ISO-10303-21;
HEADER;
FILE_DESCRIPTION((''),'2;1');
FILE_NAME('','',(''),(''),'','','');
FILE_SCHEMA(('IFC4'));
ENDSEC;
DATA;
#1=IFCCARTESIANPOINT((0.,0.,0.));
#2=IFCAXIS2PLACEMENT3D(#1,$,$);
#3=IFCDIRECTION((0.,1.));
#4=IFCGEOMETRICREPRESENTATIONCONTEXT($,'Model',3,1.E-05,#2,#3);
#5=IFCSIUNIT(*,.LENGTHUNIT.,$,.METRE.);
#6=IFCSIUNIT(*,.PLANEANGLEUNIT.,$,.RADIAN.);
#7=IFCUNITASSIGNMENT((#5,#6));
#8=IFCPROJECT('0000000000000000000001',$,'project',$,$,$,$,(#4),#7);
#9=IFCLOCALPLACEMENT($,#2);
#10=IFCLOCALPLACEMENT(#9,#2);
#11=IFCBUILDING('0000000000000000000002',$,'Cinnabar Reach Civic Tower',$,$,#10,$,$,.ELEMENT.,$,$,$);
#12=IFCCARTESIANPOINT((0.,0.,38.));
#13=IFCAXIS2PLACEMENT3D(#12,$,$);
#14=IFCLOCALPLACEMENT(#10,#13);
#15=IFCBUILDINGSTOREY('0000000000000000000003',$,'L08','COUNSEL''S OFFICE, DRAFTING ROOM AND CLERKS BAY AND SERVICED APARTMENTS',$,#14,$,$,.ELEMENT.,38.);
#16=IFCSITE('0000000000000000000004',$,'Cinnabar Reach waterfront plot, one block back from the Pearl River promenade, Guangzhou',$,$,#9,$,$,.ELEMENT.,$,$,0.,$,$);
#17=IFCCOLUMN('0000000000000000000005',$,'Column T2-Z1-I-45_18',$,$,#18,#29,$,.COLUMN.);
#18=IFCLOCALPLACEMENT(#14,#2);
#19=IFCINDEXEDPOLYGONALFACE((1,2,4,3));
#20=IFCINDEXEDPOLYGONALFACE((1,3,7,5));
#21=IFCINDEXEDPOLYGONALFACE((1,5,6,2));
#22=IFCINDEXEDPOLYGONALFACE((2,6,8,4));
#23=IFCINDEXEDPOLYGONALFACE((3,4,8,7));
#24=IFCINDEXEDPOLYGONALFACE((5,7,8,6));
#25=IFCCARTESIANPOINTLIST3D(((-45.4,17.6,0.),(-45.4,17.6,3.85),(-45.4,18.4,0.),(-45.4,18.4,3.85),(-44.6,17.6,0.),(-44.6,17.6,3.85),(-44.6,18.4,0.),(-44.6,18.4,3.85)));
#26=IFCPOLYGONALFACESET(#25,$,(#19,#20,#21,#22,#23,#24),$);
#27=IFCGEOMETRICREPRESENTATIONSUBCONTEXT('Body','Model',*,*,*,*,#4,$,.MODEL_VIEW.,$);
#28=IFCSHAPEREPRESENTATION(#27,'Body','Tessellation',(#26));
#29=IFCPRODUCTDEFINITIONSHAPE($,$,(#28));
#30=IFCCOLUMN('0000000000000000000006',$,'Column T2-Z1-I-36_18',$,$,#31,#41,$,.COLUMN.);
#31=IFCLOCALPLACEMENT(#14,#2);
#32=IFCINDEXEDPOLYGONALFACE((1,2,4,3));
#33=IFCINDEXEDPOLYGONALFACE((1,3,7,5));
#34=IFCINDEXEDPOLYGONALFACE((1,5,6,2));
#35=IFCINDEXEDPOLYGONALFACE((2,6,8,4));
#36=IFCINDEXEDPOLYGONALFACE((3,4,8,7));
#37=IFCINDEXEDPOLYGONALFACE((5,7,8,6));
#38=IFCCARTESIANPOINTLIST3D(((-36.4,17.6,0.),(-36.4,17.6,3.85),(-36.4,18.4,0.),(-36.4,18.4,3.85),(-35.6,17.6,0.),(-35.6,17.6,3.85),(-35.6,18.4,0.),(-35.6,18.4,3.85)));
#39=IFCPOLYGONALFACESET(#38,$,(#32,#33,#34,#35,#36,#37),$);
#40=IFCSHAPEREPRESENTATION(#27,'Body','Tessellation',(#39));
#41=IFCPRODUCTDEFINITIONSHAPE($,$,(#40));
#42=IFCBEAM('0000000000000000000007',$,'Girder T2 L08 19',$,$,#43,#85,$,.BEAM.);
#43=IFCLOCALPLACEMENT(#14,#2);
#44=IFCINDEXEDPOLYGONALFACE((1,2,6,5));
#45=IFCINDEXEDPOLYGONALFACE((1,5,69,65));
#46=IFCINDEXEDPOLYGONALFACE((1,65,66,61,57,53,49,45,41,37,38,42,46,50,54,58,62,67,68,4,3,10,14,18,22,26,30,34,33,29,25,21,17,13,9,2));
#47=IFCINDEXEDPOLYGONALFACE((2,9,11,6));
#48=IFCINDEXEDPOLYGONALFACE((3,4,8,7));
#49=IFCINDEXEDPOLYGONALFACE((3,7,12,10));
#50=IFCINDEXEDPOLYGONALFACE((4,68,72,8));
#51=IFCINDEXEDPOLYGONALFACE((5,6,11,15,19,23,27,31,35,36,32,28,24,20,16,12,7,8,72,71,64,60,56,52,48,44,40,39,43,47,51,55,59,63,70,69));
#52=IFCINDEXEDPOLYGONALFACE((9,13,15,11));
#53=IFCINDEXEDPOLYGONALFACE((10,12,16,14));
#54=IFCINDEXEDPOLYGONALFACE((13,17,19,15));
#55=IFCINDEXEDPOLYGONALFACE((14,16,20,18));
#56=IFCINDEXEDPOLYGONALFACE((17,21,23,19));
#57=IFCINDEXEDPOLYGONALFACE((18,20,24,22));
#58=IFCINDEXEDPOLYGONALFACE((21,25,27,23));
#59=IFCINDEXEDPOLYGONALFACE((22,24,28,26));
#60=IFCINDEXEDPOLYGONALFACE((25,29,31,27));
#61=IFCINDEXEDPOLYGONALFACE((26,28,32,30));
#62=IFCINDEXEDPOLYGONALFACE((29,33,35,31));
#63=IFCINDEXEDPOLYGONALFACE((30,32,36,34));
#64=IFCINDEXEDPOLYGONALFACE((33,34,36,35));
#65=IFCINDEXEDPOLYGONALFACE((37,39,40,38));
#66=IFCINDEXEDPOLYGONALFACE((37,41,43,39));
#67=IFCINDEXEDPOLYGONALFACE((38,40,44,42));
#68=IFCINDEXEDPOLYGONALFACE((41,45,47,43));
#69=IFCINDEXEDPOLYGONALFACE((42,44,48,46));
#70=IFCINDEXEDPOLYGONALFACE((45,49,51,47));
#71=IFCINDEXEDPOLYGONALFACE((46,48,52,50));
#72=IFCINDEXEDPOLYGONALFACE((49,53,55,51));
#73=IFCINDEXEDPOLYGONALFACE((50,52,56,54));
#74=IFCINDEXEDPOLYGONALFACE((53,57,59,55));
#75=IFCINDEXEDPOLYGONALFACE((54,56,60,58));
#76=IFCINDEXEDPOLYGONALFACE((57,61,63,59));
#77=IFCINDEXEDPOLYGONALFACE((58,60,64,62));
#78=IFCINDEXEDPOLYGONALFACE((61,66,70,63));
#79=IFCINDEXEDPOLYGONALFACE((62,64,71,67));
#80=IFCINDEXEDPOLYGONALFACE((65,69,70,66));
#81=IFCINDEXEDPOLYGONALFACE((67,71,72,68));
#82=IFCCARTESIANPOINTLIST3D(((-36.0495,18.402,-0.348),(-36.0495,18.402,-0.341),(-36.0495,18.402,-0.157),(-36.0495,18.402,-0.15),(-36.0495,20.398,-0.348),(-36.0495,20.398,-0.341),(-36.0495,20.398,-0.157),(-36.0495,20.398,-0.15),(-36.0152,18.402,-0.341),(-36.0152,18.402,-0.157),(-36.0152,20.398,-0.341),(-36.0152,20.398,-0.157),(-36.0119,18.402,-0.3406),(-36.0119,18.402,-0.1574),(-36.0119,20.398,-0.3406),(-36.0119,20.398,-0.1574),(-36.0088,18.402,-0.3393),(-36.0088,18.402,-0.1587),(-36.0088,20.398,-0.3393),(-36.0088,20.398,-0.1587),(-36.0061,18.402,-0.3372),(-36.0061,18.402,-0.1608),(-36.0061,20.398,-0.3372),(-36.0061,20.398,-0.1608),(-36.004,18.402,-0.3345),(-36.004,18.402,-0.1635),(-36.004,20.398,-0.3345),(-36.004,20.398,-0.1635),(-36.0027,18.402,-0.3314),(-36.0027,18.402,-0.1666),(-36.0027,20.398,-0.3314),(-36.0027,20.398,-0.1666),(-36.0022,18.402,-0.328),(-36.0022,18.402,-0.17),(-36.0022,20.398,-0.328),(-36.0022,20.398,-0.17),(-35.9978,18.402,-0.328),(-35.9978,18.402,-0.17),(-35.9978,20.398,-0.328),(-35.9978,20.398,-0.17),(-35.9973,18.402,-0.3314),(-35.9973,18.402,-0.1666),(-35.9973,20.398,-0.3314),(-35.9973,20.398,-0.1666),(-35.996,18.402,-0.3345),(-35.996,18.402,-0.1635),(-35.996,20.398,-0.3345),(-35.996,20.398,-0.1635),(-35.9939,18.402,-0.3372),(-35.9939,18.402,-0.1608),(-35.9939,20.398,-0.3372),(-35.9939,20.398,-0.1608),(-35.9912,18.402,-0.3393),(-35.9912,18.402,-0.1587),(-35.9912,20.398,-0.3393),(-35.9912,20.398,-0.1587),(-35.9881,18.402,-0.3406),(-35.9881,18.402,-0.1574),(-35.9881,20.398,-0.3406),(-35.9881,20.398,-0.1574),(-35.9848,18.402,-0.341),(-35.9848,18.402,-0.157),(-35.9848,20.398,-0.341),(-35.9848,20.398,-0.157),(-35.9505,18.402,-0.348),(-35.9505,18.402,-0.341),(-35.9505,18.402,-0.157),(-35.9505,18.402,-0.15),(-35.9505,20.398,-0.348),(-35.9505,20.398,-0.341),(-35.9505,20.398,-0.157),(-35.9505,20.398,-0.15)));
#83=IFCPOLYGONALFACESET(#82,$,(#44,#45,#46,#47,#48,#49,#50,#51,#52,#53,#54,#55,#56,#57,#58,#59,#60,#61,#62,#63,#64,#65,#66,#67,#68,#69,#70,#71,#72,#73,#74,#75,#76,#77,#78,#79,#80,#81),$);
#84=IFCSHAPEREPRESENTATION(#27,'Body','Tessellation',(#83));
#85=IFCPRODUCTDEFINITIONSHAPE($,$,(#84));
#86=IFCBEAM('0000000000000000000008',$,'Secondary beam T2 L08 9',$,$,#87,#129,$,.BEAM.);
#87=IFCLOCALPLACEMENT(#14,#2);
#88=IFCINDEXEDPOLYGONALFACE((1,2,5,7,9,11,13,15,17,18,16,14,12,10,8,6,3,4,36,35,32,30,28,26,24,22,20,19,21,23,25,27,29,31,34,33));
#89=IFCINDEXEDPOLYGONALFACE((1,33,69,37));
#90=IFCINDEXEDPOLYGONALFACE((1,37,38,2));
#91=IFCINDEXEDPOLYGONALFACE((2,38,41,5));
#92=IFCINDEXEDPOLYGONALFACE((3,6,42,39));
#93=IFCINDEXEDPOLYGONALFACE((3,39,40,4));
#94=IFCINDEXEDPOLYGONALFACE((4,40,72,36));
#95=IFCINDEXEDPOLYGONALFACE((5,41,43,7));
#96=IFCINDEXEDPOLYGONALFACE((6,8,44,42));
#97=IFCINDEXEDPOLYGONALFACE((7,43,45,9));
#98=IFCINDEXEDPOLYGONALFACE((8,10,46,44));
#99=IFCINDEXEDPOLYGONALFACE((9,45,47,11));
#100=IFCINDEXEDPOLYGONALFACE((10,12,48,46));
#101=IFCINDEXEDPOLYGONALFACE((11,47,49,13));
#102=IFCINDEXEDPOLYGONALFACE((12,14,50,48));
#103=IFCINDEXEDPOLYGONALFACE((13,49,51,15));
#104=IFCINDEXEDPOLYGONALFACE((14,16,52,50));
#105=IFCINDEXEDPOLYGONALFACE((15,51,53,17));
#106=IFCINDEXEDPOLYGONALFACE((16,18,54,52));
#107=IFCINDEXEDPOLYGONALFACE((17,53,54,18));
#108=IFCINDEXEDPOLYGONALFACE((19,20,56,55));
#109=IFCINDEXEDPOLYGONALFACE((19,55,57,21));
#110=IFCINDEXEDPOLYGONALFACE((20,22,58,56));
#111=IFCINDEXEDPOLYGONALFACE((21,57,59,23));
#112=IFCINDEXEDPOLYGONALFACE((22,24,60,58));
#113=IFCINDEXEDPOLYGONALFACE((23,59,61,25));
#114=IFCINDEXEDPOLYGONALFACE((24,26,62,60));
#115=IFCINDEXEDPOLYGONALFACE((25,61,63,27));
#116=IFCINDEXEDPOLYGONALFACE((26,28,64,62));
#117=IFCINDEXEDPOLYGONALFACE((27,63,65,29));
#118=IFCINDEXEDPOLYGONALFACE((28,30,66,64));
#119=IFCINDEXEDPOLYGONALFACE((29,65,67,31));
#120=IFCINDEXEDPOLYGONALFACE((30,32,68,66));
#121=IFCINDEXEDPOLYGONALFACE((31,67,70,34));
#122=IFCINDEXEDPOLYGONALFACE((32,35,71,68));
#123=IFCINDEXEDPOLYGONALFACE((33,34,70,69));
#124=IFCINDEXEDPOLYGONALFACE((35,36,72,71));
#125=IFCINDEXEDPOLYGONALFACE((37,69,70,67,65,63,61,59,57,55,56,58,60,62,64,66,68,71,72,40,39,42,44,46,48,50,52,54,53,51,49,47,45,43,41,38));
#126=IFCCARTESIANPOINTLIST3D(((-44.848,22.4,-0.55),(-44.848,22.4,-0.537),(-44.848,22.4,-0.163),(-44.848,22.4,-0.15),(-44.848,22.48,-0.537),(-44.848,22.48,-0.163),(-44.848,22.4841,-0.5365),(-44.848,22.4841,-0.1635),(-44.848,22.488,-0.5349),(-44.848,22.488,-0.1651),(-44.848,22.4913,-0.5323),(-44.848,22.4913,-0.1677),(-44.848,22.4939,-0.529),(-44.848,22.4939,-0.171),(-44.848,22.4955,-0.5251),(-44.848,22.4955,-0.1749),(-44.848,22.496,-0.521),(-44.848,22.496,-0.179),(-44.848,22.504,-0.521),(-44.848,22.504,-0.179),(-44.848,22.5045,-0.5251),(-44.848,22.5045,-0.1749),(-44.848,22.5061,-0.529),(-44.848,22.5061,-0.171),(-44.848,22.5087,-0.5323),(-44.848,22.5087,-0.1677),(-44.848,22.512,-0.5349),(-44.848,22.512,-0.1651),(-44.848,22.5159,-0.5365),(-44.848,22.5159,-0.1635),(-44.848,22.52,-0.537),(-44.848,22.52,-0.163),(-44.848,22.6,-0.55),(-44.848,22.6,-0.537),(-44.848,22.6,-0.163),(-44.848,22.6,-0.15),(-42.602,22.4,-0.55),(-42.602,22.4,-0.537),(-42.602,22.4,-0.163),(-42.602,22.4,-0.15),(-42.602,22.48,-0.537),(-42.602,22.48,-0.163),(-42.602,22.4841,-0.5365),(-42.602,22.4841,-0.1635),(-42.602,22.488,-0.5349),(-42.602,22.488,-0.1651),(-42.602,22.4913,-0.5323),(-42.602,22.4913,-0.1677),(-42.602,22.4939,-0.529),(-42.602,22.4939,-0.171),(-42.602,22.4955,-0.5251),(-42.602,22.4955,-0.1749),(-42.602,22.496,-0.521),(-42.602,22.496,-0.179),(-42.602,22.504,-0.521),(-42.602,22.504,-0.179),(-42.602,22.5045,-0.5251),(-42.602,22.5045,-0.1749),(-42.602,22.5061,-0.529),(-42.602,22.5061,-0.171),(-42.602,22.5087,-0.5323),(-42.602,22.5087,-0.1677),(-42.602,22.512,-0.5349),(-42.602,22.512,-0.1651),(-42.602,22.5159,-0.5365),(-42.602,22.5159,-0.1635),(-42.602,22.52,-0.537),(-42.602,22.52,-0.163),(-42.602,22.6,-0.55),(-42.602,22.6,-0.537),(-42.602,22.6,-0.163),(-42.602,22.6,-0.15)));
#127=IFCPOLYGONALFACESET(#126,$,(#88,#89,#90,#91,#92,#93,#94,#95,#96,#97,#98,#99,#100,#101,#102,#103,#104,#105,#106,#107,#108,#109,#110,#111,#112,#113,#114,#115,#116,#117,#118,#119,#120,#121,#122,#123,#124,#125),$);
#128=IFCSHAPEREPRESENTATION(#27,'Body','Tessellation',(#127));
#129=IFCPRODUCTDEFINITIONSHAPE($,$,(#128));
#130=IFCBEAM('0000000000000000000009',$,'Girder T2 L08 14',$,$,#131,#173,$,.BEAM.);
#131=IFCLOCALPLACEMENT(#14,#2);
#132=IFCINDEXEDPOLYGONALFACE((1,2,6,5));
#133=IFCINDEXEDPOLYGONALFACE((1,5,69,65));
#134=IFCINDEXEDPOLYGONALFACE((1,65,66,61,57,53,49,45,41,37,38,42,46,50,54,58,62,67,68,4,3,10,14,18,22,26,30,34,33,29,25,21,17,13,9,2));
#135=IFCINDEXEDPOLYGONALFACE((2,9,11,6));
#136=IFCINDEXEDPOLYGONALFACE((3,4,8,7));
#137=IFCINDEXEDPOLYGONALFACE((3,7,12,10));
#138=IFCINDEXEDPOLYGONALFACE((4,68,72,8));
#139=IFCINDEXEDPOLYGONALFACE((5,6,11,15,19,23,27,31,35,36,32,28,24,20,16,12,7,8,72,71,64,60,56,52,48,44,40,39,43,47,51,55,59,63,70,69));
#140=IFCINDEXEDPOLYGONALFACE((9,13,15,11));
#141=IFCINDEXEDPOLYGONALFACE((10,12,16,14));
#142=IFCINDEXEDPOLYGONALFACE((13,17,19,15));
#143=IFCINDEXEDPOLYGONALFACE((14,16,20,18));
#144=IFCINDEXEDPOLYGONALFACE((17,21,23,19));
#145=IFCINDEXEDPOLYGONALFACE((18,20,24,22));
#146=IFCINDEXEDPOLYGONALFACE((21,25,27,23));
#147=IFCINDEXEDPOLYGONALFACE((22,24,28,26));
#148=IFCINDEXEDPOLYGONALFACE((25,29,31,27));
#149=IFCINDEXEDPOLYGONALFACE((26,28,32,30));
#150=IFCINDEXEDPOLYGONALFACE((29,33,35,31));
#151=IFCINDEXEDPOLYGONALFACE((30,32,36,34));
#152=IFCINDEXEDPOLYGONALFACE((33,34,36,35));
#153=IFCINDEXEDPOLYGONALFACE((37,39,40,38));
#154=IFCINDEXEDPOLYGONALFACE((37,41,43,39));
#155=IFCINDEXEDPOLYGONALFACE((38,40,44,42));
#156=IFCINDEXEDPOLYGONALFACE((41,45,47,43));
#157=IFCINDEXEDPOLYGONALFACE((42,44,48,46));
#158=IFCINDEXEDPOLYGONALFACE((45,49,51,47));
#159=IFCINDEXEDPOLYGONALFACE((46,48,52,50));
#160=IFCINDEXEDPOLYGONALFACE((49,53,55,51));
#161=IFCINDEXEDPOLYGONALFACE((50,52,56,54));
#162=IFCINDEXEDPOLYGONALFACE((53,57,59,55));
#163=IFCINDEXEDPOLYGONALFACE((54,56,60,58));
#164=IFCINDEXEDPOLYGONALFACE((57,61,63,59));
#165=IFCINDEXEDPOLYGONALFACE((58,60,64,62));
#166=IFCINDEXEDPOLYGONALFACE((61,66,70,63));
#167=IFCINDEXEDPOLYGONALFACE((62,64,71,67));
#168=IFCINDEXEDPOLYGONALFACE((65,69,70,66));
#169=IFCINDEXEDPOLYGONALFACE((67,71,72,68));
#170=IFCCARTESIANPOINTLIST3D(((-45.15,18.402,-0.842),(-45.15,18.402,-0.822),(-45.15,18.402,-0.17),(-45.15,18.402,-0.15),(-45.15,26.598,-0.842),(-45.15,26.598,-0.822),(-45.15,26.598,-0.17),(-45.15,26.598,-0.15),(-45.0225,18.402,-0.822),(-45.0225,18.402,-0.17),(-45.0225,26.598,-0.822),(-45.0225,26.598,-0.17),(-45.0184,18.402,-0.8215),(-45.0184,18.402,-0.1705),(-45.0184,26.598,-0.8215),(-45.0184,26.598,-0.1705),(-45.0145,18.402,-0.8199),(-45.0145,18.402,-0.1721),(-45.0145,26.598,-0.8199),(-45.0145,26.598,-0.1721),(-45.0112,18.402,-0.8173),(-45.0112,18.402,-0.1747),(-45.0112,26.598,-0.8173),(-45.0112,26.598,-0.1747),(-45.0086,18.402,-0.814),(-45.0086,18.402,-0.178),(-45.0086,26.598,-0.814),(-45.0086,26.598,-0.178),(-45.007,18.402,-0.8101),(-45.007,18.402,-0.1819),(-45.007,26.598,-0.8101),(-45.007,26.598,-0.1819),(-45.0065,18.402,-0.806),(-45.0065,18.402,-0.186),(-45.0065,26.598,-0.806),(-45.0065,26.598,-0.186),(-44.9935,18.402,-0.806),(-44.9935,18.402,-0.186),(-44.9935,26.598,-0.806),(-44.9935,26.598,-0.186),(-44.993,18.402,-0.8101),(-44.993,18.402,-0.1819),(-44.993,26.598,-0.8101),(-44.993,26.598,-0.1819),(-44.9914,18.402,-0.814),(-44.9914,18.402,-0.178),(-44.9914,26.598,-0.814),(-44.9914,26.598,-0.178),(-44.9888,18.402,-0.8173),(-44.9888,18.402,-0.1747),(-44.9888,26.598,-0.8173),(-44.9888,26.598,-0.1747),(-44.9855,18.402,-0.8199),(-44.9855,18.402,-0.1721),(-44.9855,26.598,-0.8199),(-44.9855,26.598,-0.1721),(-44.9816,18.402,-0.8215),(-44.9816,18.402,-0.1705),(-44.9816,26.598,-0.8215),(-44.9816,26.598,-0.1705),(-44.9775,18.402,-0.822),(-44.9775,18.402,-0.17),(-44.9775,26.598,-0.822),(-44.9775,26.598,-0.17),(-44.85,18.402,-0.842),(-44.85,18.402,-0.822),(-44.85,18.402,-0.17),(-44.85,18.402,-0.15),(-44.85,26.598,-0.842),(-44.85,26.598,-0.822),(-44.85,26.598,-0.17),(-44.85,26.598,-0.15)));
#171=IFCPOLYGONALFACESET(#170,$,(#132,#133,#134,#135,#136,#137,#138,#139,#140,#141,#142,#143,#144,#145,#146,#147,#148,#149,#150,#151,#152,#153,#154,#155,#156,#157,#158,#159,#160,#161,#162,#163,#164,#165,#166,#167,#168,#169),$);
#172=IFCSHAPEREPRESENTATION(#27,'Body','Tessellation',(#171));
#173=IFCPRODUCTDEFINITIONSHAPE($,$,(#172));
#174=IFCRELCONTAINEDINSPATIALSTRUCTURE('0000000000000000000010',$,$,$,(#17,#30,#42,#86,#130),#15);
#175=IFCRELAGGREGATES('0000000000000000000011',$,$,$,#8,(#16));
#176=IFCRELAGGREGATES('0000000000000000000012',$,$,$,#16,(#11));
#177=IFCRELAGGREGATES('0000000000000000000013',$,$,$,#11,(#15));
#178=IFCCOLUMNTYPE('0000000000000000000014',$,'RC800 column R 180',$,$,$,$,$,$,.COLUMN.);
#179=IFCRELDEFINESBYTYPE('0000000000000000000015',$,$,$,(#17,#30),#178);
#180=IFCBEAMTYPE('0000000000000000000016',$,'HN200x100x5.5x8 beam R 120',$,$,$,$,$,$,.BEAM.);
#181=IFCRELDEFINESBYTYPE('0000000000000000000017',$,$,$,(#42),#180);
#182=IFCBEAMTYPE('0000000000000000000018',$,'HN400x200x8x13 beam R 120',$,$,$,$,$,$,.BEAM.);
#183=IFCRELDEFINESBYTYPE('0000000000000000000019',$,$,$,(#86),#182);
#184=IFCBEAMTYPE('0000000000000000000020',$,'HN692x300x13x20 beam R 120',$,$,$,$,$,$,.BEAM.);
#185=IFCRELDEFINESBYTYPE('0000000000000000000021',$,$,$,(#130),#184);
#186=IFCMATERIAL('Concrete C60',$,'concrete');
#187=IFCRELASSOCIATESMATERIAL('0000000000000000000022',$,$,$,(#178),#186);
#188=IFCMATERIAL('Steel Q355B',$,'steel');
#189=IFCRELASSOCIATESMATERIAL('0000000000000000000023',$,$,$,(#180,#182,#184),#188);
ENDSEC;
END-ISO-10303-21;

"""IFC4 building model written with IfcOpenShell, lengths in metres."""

from ifc_helpers import new_model, si_unit, direction, frame, origin, origin_2d, place, context, subcontext, project, spatial, rectangle, i_section, extrude, material, material_profile, profile_set, type_object, element, save


model = new_model("IFC4")

# Units and contexts
model_context = context("Model", 3, precision=1e-05, world=origin(), true_north=direction((0.0, 1.0)))
body_context = subcontext(model_context, "Body", "Model", "MODEL_VIEW")
ifc_project = project(units=[si_unit("LENGTHUNIT", "METRE"), si_unit("PLANEANGLEUNIT", "RADIAN")], contexts=[model_context])

# Site, building, storey
site_placement = place(None, origin())
site = spatial("IfcSite", under=ifc_project, at=site_placement, Name="Cinnabar Reach waterfront plot, one block back from the Pearl River promenade, Guangzhou", CompositionType="ELEMENT", RefElevation=0.0)
building_placement = place(site_placement, origin())
building = spatial("IfcBuilding", under=site, at=building_placement, Name="Cinnabar Reach Civic Tower", CompositionType="ELEMENT")
storey_placement = place(building_placement, frame((0.0, 0.0, 38.0)))
storey = spatial("IfcBuildingStorey", under=building, at=storey_placement, Name="L08", Description="COUNSEL'S OFFICE, DRAFTING ROOM AND CLERKS BAY AND SERVICED APARTMENTS", CompositionType="ELEMENT", Elevation=38.0)

# Columns
ifc_material_1 = material(Name="Concrete C60", Category="concrete")
ifc_material_profile_1 = material_profile(ifc_material_1, rectangle(XDim=0.8, YDim=0.8, at=origin_2d()), Name="RC800")
ifc_profile_set_1 = profile_set([ifc_material_profile_1], Name="Concrete C60")
column_type = type_object("IfcColumnType", Name="RC800 column R 180", PredefinedType="COLUMN", material=ifc_profile_set_1)
for number, where, z_axis, x_axis, name in (
    (1, (-45.0, 18.0, 0.0), (0.0, 0.0, 1.0), (1.0, 0.0, 0.0), "Column T2-Z1-I-45_18"),
    (2, (-36.0, 18.0, 0.0), (0.0, 0.0, 1.0), (1.0, 0.0, 0.0), "Column T2-Z1-I-36_18"),
):
    element("IfcColumn", number, at=place(storey_placement, frame(where, z_axis=z_axis, x_axis=x_axis)), inside=storey, type_object=column_type, Name=name, PredefinedType="COLUMN", context=body_context, shape_type="SweptSolid", body=[
        extrude(rectangle(XDim=0.8, YDim=0.8, at=origin_2d()), origin(), (0.0, 0.0, 1.0), 3.85),
    ])

# Beams
ifc_material_2 = material(Name="Steel Q355B", Category="steel")
ifc_material_profile_2 = material_profile(ifc_material_2, i_section(OverallWidth=0.099, OverallDepth=0.198, WebThickness=0.0045, FlangeThickness=0.007, FilletRadius=0.013, at=origin_2d()), Name="HN200x100x5.5x8")
ifc_profile_set_2 = profile_set([ifc_material_profile_2], Name="Steel Q355B")
beam_type_1 = type_object("IfcBeamType", Name="HN200x100x5.5x8 beam R 120", PredefinedType="BEAM", material=ifc_profile_set_2)
beam_1_placement = place(storey_placement, frame((-36.0, 18.402, -0.249), z_axis=(0.0, 1.0, 0.0), x_axis=(-1.0, 0.0, 0.0)))
element("IfcBeam", 3, at=beam_1_placement, inside=storey, type_object=beam_type_1, Name="Girder T2 L08 19", PredefinedType="BEAM", context=body_context, shape_type="SweptSolid", body=[
    extrude(i_section(OverallWidth=0.099, OverallDepth=0.198, WebThickness=0.0045, FlangeThickness=0.007, FilletRadius=0.013, at=origin_2d()), origin(), (0.0, 0.0, 1.0), 1.996),
])
ifc_material_profile_3 = material_profile(ifc_material_2, i_section(OverallWidth=0.2, OverallDepth=0.4, WebThickness=0.008, FlangeThickness=0.013, FilletRadius=0.016, at=origin_2d()), Name="HN400x200x8x13")
ifc_profile_set_3 = profile_set([ifc_material_profile_3], Name="Steel Q355B")
beam_type_2 = type_object("IfcBeamType", Name="HN400x200x8x13 beam R 120", PredefinedType="BEAM", material=ifc_profile_set_3)
beam_2_placement = place(storey_placement, frame((-44.848, 22.5, -0.35), z_axis=(1.0, 0.0, 0.0), x_axis=(0.0, 1.0, 0.0)))
element("IfcBeam", 4, at=beam_2_placement, inside=storey, type_object=beam_type_2, Name="Secondary beam T2 L08 9", PredefinedType="BEAM", context=body_context, shape_type="SweptSolid", body=[
    extrude(i_section(OverallWidth=0.2, OverallDepth=0.4, WebThickness=0.008, FlangeThickness=0.013, FilletRadius=0.016, at=origin_2d()), origin(), (0.0, 0.0, 1.0), 2.246),
])
ifc_material_profile_4 = material_profile(ifc_material_2, i_section(OverallWidth=0.3, OverallDepth=0.692, WebThickness=0.013, FlangeThickness=0.02, FilletRadius=0.016, at=origin_2d()), Name="HN692x300x13x20")
ifc_profile_set_4 = profile_set([ifc_material_profile_4], Name="Steel Q355B")
beam_type_3 = type_object("IfcBeamType", Name="HN692x300x13x20 beam R 120", PredefinedType="BEAM", material=ifc_profile_set_4)
beam_3_placement = place(storey_placement, frame((-45.0, 18.402, -0.496), z_axis=(0.0, 1.0, 0.0), x_axis=(-1.0, 0.0, 0.0)))
element("IfcBeam", 5, at=beam_3_placement, inside=storey, type_object=beam_type_3, Name="Girder T2 L08 14", PredefinedType="BEAM", context=body_context, shape_type="SweptSolid", body=[
    extrude(i_section(OverallWidth=0.3, OverallDepth=0.692, WebThickness=0.013, FlangeThickness=0.02, FilletRadius=0.016, at=origin_2d()), origin(), (0.0, 0.0, 1.0), 8.196),
])

save(model, "model.ifc")
